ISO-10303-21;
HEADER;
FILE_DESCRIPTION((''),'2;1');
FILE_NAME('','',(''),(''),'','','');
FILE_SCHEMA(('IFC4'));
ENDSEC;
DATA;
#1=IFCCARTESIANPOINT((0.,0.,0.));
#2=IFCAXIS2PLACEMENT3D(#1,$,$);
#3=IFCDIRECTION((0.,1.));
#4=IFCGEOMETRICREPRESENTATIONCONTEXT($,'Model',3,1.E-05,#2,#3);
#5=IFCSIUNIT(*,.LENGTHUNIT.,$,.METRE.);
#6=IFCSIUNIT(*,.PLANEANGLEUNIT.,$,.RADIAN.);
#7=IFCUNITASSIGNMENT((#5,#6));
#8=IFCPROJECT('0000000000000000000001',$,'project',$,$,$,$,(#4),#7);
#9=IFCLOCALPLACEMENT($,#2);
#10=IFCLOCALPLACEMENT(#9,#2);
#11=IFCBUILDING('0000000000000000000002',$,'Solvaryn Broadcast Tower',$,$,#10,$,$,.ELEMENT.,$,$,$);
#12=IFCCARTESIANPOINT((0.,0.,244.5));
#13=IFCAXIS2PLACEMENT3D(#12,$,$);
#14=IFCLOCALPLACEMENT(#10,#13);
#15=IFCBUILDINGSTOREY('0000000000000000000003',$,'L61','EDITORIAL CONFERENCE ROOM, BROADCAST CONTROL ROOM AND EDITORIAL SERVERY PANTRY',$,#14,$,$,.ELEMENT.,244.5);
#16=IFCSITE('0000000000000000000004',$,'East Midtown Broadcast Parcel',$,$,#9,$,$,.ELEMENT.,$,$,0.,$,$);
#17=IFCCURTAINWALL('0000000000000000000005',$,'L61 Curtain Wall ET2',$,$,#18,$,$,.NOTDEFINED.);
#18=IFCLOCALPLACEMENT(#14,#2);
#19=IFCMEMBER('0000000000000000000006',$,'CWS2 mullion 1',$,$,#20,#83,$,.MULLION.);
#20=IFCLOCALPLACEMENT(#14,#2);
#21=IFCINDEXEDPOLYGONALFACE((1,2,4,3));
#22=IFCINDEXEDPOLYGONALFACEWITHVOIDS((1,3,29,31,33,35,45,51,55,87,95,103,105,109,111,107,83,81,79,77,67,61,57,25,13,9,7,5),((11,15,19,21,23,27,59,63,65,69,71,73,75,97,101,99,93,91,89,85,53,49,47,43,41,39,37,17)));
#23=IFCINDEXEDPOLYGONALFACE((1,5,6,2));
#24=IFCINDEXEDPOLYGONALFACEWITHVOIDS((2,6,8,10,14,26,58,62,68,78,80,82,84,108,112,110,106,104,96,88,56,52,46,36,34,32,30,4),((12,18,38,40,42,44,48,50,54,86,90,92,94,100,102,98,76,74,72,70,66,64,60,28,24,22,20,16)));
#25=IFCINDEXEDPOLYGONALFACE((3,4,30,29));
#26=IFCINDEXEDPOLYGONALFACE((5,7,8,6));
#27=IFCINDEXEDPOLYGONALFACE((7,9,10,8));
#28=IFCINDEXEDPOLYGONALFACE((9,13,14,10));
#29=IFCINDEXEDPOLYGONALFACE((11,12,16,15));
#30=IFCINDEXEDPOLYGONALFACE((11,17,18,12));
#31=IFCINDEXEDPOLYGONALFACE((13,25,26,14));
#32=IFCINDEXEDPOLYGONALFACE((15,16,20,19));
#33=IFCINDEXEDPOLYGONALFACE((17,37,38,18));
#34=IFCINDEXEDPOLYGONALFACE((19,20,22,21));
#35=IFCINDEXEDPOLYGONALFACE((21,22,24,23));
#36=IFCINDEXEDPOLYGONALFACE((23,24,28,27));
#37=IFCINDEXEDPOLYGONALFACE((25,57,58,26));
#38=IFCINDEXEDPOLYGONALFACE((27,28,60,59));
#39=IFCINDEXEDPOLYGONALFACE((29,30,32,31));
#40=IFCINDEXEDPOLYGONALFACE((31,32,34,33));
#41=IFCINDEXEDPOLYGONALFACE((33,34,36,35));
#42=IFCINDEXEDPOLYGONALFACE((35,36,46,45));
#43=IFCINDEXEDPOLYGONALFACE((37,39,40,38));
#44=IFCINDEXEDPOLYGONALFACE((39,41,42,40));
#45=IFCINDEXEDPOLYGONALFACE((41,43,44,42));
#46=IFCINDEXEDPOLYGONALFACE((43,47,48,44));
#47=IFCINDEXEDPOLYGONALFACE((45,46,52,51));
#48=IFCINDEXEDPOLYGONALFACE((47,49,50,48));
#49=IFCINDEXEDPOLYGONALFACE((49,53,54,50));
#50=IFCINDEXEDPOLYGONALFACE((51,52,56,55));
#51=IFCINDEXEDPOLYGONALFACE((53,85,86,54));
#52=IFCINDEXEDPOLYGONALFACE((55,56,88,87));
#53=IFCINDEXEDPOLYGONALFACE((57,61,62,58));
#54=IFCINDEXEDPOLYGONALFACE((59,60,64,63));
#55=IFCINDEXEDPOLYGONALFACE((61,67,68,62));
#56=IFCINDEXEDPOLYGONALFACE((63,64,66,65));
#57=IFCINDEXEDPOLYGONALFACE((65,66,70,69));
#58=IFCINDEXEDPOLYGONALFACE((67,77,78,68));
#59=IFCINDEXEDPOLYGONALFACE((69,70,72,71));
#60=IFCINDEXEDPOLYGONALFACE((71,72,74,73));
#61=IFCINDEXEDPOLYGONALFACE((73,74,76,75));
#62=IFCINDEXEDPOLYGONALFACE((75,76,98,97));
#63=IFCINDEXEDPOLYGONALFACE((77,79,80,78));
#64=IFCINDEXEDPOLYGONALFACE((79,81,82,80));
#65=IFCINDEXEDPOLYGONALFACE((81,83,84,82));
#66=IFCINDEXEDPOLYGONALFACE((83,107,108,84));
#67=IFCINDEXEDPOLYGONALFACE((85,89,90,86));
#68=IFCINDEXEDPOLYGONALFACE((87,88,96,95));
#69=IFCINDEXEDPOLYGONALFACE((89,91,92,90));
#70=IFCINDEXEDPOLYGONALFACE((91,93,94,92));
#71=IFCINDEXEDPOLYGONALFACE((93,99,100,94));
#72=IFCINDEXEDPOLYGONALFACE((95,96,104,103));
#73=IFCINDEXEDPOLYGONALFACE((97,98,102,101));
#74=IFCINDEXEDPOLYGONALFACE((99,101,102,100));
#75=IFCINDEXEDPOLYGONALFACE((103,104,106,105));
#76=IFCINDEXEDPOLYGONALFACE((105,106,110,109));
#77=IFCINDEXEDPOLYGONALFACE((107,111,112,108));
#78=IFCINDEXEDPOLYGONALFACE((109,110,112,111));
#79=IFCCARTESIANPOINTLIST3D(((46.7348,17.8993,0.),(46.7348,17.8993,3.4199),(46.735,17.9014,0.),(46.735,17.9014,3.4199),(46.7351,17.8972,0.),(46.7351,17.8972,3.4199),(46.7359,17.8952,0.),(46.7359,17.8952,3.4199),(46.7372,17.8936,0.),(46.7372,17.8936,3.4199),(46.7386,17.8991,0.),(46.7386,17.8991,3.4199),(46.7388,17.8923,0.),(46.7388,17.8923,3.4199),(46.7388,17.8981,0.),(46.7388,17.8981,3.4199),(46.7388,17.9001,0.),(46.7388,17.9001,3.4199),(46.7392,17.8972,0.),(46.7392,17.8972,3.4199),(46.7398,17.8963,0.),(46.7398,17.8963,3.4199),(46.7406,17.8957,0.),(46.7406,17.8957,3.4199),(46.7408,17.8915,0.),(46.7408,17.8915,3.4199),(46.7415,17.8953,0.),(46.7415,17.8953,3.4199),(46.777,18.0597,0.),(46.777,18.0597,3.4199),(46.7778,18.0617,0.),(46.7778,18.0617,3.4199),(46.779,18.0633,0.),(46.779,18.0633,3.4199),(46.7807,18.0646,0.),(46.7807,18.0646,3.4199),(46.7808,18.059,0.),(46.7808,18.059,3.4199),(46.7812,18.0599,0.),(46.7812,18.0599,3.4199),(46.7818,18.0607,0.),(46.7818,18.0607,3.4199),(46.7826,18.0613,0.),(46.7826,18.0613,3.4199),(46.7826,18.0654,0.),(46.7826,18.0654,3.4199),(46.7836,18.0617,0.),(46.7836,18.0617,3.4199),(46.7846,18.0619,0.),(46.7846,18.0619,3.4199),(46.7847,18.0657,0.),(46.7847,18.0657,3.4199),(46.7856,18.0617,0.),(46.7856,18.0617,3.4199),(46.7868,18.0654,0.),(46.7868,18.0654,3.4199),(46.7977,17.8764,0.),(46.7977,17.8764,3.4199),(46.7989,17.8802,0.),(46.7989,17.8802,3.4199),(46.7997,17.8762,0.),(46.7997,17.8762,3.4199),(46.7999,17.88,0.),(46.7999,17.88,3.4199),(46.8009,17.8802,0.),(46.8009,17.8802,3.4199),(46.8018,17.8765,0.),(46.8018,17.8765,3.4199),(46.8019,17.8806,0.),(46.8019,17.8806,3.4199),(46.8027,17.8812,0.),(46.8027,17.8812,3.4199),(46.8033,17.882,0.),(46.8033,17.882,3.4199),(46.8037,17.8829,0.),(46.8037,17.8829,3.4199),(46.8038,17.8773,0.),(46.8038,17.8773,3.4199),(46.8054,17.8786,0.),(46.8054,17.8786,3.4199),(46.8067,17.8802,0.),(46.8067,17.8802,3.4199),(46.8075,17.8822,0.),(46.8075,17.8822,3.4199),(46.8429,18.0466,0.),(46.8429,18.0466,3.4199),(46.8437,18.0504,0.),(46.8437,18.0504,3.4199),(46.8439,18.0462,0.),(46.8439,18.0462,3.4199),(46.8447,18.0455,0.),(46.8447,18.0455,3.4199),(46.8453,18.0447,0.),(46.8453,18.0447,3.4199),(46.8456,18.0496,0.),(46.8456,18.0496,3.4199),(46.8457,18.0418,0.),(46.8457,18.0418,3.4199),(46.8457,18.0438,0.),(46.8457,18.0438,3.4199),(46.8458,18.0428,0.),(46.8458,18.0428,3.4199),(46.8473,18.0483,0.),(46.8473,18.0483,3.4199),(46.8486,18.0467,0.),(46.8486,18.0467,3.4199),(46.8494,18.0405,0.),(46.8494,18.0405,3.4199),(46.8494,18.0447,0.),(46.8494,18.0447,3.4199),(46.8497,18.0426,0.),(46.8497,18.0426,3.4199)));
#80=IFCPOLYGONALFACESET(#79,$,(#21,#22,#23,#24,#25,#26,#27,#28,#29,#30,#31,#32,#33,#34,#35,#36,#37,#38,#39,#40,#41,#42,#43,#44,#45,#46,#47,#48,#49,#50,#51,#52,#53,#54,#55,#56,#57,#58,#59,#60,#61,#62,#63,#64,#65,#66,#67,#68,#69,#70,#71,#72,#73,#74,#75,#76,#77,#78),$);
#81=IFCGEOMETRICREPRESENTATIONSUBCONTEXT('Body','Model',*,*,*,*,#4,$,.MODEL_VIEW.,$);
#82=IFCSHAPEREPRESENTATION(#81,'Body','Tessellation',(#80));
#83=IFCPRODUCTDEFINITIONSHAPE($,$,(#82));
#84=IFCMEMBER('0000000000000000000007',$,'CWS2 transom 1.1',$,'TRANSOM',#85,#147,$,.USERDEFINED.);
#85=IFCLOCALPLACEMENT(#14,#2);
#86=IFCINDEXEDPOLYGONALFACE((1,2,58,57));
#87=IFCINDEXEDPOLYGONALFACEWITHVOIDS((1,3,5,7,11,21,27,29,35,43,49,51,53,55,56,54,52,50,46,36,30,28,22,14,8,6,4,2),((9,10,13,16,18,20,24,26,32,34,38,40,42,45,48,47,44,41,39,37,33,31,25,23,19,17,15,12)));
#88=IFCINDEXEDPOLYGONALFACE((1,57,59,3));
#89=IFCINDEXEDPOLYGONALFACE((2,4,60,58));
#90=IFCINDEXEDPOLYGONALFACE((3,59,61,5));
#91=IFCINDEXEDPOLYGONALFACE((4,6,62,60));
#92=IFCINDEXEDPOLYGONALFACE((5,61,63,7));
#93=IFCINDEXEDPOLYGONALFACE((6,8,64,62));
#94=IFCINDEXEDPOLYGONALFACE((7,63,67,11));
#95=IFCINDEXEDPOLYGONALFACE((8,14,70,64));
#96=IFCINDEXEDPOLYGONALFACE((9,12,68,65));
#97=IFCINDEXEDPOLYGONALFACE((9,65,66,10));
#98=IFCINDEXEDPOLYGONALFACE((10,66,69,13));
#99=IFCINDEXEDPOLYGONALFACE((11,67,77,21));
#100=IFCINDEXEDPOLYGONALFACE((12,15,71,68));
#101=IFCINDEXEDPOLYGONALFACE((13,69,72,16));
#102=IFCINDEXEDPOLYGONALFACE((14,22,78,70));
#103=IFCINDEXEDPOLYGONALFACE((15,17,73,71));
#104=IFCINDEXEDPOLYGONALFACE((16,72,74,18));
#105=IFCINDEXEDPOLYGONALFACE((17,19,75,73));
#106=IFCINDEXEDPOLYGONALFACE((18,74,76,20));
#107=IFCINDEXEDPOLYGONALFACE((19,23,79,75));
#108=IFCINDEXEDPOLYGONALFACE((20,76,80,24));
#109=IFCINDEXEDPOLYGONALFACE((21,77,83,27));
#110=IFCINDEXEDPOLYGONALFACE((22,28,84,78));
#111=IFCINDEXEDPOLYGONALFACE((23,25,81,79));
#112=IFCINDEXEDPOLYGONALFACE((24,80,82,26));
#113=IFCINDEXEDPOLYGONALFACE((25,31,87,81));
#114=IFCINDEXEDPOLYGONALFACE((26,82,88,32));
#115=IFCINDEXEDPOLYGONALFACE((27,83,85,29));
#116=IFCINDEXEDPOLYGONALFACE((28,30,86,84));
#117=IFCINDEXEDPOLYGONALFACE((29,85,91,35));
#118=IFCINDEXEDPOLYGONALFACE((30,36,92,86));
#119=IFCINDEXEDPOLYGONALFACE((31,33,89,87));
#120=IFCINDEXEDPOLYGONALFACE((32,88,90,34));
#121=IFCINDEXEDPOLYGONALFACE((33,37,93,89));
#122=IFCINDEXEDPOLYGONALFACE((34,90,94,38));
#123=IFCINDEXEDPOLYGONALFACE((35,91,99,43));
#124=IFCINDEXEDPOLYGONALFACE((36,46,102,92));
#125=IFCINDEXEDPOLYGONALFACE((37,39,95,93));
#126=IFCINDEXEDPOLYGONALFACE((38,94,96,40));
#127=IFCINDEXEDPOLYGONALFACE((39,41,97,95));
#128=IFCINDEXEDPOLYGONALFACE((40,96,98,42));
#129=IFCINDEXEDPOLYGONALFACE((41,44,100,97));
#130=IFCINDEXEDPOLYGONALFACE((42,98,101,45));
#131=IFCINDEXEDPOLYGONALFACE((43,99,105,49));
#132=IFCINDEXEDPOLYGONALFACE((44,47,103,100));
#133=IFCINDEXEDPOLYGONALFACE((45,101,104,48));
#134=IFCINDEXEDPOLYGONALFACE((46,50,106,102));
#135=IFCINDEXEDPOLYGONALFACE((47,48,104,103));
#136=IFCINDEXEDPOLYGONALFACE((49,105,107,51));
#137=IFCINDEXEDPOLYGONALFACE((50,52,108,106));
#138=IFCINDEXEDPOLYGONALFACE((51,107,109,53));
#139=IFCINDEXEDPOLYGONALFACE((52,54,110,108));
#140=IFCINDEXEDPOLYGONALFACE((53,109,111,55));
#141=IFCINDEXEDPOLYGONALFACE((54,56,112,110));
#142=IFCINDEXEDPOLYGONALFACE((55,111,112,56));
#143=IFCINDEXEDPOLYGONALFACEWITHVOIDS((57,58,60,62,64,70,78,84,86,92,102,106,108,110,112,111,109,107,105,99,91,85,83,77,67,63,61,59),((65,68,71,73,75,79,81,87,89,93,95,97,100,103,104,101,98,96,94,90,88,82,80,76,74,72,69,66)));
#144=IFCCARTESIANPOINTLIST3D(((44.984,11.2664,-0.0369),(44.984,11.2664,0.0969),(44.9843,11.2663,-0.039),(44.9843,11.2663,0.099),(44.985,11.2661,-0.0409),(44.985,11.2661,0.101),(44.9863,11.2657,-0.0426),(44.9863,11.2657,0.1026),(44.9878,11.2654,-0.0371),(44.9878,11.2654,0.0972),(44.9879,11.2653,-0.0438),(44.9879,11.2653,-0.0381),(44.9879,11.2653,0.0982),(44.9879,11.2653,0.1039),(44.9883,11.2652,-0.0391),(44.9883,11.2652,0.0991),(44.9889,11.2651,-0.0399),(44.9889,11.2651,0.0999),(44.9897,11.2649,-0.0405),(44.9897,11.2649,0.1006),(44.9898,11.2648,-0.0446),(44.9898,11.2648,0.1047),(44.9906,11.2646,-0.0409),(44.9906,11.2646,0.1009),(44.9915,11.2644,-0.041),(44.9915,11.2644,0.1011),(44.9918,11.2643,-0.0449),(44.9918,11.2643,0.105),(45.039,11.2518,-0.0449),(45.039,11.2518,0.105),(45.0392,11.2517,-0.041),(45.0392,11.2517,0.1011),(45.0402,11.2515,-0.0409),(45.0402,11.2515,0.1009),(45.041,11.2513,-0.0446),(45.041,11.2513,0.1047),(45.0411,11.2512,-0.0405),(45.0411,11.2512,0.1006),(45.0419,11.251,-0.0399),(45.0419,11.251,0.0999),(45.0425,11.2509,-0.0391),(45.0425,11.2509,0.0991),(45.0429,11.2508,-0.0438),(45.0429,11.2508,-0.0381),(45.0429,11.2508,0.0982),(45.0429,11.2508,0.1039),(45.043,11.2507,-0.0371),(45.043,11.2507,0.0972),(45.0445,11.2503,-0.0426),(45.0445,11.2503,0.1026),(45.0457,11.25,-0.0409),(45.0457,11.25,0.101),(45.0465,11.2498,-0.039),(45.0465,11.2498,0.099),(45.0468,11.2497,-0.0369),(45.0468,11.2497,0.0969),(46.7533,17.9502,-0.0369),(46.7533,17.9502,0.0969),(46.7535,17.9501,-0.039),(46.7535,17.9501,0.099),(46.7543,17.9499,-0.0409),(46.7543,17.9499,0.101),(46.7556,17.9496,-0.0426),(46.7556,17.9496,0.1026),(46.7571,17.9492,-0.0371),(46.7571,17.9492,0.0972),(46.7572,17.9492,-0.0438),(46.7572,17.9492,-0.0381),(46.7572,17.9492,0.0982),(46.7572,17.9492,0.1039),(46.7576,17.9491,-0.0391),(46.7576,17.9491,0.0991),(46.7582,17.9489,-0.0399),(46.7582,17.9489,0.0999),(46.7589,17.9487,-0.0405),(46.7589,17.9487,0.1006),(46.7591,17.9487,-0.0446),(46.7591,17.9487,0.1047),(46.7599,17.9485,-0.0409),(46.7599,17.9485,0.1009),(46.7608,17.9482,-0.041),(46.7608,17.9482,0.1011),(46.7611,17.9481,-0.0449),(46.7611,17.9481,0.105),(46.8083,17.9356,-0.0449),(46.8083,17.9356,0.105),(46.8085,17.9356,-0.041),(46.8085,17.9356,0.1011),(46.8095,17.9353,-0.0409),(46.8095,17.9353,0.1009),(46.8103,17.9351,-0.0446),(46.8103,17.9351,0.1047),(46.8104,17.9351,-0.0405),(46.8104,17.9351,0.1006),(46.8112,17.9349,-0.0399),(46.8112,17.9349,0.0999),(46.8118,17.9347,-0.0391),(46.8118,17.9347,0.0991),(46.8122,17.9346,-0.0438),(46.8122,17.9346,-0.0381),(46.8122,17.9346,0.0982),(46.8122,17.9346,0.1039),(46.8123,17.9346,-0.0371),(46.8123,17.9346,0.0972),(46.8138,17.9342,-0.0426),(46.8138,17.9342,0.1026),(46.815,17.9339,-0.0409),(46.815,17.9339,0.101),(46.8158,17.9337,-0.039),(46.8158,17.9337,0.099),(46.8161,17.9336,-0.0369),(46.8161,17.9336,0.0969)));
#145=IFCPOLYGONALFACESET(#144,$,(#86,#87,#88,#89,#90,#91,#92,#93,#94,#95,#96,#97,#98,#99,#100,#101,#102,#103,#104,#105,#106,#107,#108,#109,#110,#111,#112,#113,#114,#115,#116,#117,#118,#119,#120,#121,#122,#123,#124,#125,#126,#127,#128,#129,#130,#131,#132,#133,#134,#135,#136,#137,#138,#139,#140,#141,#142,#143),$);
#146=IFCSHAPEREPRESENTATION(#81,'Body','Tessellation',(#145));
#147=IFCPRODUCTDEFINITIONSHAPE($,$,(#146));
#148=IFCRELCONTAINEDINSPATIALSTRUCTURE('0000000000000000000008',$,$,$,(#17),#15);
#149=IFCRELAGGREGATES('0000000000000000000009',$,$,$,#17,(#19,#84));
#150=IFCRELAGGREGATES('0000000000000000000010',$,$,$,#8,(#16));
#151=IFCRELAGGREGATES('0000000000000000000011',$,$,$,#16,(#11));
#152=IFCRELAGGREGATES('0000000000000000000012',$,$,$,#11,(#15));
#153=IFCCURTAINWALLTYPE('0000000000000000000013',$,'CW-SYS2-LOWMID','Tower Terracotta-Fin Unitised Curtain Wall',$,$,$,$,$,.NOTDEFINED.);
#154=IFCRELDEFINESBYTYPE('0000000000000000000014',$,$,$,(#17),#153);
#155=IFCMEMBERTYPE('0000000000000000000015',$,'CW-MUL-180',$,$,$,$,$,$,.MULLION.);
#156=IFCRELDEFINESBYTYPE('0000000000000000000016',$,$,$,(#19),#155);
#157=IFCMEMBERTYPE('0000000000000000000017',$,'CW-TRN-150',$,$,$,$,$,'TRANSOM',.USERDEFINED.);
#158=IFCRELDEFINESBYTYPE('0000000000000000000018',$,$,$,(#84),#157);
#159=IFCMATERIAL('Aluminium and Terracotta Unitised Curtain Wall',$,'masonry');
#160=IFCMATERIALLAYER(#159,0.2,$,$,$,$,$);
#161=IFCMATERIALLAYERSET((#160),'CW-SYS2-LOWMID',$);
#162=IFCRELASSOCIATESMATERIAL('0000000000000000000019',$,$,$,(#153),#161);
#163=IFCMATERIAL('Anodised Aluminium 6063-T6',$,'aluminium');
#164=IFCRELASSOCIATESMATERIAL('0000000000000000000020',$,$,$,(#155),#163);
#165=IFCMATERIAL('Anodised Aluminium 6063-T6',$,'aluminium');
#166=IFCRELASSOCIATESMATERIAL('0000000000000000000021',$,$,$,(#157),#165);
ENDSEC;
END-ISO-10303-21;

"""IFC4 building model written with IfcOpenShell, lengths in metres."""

from ifc_helpers import new_model, si_unit, direction, frame, origin, origin_2d, place, context, subcontext, project, spatial, hollow_rectangle, extrude, material, layer, layer_set, material_profile, profile_set, type_object, element, aggregate, save


model = new_model("IFC4")

# Units and contexts
model_context = context("Model", 3, precision=1e-05, world=origin(), true_north=direction((0.0, 1.0)))
body_context = subcontext(model_context, "Body", "Model", "MODEL_VIEW")
ifc_project = project(units=[si_unit("LENGTHUNIT", "METRE"), si_unit("PLANEANGLEUNIT", "RADIAN")], contexts=[model_context])

# Site, building, storey
site_placement = place(None, origin())
site = spatial("IfcSite", under=ifc_project, at=site_placement, Name="East Midtown Broadcast Parcel", CompositionType="ELEMENT", RefElevation=0.0)
building_placement = place(site_placement, origin())
building = spatial("IfcBuilding", under=site, at=building_placement, Name="Solvaryn Broadcast Tower", CompositionType="ELEMENT")
storey_placement = place(building_placement, frame((0.0, 0.0, 244.5)))
storey = spatial("IfcBuildingStorey", under=building, at=storey_placement, Name="L61", Description="EDITORIAL CONFERENCE ROOM, BROADCAST CONTROL ROOM AND EDITORIAL SERVERY PANTRY", CompositionType="ELEMENT", Elevation=244.5)

# Shared definitions
ifc_material_1 = material(Name="Aluminium and Terracotta Unitised Curtain Wall", Category="masonry")
ifc_layer_1 = layer(ifc_material_1, 0.2)
ifc_layer_set_1 = layer_set([ifc_layer_1], Name="CW-SYS2-LOWMID")
curtain_wall_type = type_object("IfcCurtainWallType", Name="CW-SYS2-LOWMID", Description="Tower Terracotta-Fin Unitised Curtain Wall", PredefinedType="NOTDEFINED", material=ifc_layer_set_1)
ifc_material_2 = material(Name="Anodised Aluminium 6063-T6", Category="aluminium")
ifc_material_profile_1 = material_profile(ifc_material_2, hollow_rectangle(XDim=0.075, YDim=0.1799, WallThickness=0.0039, InnerFilletRadius=0.0039, OuterFilletRadius=0.0081, at=origin_2d()))
ifc_profile_set_1 = profile_set([ifc_material_profile_1], Name="Anodised Aluminium 6063-T6")
member_type_1 = type_object("IfcMemberType", Name="CW-MUL-180", PredefinedType="MULLION", material=ifc_profile_set_1)

# Curtain wall, members
curtain_wall_1_placement = place(storey_placement, origin())
curtain_wall_1 = element("IfcCurtainWall", 1, at=curtain_wall_1_placement, inside=storey, type_object=curtain_wall_type, Name="L61 Curtain Wall ET2", PredefinedType="NOTDEFINED")
member_1_placement = place(storey_placement, frame((46.7922, 17.9709, 0.0), z_axis=(0.0, 0.0, 1.0), x_axis=(0.966705, -0.255893, 0.0)))
member_1 = element("IfcMember", 2, at=member_1_placement, type_object=member_type_1, Name="CWS2 mullion 1", PredefinedType="MULLION", context=body_context, shape_type="SweptSolid", body=[
    extrude(hollow_rectangle(XDim=0.075, YDim=0.1799, WallThickness=0.0039, InnerFilletRadius=0.0039, OuterFilletRadius=0.0081, at=origin_2d()), origin(), (0.0, 0.0, 1.0), 3.4199),
])
ifc_material_3 = material(Name="Anodised Aluminium 6063-T6", Category="aluminium")
ifc_material_profile_2 = material_profile(ifc_material_3, hollow_rectangle(XDim=0.0649, YDim=0.1499, WallThickness=0.0039, InnerFilletRadius=0.0039, OuterFilletRadius=0.0081, at=origin_2d()))
ifc_profile_set_2 = profile_set([ifc_material_profile_2], Name="Anodised Aluminium 6063-T6")
member_type_2 = type_object("IfcMemberType", Name="CW-TRN-150", ElementType="TRANSOM", PredefinedType="USERDEFINED", material=ifc_profile_set_2)
member_2_placement = place(storey_placement, frame((46.7847, 17.9419, 0.03), z_axis=(-0.255897, -0.966704, 0.0), x_axis=(0.966704, -0.255897, 0.0)))
member_2 = element("IfcMember", 3, at=member_2_placement, type_object=member_type_2, Name="CWS2 transom 1.1", ObjectType="TRANSOM", PredefinedType="USERDEFINED", context=body_context, shape_type="SweptSolid", body=[
    extrude(hollow_rectangle(XDim=0.0649, YDim=0.1499, WallThickness=0.0039, InnerFilletRadius=0.0039, OuterFilletRadius=0.0081, at=origin_2d()), origin(), (0.0, 0.0, 1.0), 6.9141),
])

aggregate(curtain_wall_1, [member_1, member_2])

save(model, "model.ifc")
